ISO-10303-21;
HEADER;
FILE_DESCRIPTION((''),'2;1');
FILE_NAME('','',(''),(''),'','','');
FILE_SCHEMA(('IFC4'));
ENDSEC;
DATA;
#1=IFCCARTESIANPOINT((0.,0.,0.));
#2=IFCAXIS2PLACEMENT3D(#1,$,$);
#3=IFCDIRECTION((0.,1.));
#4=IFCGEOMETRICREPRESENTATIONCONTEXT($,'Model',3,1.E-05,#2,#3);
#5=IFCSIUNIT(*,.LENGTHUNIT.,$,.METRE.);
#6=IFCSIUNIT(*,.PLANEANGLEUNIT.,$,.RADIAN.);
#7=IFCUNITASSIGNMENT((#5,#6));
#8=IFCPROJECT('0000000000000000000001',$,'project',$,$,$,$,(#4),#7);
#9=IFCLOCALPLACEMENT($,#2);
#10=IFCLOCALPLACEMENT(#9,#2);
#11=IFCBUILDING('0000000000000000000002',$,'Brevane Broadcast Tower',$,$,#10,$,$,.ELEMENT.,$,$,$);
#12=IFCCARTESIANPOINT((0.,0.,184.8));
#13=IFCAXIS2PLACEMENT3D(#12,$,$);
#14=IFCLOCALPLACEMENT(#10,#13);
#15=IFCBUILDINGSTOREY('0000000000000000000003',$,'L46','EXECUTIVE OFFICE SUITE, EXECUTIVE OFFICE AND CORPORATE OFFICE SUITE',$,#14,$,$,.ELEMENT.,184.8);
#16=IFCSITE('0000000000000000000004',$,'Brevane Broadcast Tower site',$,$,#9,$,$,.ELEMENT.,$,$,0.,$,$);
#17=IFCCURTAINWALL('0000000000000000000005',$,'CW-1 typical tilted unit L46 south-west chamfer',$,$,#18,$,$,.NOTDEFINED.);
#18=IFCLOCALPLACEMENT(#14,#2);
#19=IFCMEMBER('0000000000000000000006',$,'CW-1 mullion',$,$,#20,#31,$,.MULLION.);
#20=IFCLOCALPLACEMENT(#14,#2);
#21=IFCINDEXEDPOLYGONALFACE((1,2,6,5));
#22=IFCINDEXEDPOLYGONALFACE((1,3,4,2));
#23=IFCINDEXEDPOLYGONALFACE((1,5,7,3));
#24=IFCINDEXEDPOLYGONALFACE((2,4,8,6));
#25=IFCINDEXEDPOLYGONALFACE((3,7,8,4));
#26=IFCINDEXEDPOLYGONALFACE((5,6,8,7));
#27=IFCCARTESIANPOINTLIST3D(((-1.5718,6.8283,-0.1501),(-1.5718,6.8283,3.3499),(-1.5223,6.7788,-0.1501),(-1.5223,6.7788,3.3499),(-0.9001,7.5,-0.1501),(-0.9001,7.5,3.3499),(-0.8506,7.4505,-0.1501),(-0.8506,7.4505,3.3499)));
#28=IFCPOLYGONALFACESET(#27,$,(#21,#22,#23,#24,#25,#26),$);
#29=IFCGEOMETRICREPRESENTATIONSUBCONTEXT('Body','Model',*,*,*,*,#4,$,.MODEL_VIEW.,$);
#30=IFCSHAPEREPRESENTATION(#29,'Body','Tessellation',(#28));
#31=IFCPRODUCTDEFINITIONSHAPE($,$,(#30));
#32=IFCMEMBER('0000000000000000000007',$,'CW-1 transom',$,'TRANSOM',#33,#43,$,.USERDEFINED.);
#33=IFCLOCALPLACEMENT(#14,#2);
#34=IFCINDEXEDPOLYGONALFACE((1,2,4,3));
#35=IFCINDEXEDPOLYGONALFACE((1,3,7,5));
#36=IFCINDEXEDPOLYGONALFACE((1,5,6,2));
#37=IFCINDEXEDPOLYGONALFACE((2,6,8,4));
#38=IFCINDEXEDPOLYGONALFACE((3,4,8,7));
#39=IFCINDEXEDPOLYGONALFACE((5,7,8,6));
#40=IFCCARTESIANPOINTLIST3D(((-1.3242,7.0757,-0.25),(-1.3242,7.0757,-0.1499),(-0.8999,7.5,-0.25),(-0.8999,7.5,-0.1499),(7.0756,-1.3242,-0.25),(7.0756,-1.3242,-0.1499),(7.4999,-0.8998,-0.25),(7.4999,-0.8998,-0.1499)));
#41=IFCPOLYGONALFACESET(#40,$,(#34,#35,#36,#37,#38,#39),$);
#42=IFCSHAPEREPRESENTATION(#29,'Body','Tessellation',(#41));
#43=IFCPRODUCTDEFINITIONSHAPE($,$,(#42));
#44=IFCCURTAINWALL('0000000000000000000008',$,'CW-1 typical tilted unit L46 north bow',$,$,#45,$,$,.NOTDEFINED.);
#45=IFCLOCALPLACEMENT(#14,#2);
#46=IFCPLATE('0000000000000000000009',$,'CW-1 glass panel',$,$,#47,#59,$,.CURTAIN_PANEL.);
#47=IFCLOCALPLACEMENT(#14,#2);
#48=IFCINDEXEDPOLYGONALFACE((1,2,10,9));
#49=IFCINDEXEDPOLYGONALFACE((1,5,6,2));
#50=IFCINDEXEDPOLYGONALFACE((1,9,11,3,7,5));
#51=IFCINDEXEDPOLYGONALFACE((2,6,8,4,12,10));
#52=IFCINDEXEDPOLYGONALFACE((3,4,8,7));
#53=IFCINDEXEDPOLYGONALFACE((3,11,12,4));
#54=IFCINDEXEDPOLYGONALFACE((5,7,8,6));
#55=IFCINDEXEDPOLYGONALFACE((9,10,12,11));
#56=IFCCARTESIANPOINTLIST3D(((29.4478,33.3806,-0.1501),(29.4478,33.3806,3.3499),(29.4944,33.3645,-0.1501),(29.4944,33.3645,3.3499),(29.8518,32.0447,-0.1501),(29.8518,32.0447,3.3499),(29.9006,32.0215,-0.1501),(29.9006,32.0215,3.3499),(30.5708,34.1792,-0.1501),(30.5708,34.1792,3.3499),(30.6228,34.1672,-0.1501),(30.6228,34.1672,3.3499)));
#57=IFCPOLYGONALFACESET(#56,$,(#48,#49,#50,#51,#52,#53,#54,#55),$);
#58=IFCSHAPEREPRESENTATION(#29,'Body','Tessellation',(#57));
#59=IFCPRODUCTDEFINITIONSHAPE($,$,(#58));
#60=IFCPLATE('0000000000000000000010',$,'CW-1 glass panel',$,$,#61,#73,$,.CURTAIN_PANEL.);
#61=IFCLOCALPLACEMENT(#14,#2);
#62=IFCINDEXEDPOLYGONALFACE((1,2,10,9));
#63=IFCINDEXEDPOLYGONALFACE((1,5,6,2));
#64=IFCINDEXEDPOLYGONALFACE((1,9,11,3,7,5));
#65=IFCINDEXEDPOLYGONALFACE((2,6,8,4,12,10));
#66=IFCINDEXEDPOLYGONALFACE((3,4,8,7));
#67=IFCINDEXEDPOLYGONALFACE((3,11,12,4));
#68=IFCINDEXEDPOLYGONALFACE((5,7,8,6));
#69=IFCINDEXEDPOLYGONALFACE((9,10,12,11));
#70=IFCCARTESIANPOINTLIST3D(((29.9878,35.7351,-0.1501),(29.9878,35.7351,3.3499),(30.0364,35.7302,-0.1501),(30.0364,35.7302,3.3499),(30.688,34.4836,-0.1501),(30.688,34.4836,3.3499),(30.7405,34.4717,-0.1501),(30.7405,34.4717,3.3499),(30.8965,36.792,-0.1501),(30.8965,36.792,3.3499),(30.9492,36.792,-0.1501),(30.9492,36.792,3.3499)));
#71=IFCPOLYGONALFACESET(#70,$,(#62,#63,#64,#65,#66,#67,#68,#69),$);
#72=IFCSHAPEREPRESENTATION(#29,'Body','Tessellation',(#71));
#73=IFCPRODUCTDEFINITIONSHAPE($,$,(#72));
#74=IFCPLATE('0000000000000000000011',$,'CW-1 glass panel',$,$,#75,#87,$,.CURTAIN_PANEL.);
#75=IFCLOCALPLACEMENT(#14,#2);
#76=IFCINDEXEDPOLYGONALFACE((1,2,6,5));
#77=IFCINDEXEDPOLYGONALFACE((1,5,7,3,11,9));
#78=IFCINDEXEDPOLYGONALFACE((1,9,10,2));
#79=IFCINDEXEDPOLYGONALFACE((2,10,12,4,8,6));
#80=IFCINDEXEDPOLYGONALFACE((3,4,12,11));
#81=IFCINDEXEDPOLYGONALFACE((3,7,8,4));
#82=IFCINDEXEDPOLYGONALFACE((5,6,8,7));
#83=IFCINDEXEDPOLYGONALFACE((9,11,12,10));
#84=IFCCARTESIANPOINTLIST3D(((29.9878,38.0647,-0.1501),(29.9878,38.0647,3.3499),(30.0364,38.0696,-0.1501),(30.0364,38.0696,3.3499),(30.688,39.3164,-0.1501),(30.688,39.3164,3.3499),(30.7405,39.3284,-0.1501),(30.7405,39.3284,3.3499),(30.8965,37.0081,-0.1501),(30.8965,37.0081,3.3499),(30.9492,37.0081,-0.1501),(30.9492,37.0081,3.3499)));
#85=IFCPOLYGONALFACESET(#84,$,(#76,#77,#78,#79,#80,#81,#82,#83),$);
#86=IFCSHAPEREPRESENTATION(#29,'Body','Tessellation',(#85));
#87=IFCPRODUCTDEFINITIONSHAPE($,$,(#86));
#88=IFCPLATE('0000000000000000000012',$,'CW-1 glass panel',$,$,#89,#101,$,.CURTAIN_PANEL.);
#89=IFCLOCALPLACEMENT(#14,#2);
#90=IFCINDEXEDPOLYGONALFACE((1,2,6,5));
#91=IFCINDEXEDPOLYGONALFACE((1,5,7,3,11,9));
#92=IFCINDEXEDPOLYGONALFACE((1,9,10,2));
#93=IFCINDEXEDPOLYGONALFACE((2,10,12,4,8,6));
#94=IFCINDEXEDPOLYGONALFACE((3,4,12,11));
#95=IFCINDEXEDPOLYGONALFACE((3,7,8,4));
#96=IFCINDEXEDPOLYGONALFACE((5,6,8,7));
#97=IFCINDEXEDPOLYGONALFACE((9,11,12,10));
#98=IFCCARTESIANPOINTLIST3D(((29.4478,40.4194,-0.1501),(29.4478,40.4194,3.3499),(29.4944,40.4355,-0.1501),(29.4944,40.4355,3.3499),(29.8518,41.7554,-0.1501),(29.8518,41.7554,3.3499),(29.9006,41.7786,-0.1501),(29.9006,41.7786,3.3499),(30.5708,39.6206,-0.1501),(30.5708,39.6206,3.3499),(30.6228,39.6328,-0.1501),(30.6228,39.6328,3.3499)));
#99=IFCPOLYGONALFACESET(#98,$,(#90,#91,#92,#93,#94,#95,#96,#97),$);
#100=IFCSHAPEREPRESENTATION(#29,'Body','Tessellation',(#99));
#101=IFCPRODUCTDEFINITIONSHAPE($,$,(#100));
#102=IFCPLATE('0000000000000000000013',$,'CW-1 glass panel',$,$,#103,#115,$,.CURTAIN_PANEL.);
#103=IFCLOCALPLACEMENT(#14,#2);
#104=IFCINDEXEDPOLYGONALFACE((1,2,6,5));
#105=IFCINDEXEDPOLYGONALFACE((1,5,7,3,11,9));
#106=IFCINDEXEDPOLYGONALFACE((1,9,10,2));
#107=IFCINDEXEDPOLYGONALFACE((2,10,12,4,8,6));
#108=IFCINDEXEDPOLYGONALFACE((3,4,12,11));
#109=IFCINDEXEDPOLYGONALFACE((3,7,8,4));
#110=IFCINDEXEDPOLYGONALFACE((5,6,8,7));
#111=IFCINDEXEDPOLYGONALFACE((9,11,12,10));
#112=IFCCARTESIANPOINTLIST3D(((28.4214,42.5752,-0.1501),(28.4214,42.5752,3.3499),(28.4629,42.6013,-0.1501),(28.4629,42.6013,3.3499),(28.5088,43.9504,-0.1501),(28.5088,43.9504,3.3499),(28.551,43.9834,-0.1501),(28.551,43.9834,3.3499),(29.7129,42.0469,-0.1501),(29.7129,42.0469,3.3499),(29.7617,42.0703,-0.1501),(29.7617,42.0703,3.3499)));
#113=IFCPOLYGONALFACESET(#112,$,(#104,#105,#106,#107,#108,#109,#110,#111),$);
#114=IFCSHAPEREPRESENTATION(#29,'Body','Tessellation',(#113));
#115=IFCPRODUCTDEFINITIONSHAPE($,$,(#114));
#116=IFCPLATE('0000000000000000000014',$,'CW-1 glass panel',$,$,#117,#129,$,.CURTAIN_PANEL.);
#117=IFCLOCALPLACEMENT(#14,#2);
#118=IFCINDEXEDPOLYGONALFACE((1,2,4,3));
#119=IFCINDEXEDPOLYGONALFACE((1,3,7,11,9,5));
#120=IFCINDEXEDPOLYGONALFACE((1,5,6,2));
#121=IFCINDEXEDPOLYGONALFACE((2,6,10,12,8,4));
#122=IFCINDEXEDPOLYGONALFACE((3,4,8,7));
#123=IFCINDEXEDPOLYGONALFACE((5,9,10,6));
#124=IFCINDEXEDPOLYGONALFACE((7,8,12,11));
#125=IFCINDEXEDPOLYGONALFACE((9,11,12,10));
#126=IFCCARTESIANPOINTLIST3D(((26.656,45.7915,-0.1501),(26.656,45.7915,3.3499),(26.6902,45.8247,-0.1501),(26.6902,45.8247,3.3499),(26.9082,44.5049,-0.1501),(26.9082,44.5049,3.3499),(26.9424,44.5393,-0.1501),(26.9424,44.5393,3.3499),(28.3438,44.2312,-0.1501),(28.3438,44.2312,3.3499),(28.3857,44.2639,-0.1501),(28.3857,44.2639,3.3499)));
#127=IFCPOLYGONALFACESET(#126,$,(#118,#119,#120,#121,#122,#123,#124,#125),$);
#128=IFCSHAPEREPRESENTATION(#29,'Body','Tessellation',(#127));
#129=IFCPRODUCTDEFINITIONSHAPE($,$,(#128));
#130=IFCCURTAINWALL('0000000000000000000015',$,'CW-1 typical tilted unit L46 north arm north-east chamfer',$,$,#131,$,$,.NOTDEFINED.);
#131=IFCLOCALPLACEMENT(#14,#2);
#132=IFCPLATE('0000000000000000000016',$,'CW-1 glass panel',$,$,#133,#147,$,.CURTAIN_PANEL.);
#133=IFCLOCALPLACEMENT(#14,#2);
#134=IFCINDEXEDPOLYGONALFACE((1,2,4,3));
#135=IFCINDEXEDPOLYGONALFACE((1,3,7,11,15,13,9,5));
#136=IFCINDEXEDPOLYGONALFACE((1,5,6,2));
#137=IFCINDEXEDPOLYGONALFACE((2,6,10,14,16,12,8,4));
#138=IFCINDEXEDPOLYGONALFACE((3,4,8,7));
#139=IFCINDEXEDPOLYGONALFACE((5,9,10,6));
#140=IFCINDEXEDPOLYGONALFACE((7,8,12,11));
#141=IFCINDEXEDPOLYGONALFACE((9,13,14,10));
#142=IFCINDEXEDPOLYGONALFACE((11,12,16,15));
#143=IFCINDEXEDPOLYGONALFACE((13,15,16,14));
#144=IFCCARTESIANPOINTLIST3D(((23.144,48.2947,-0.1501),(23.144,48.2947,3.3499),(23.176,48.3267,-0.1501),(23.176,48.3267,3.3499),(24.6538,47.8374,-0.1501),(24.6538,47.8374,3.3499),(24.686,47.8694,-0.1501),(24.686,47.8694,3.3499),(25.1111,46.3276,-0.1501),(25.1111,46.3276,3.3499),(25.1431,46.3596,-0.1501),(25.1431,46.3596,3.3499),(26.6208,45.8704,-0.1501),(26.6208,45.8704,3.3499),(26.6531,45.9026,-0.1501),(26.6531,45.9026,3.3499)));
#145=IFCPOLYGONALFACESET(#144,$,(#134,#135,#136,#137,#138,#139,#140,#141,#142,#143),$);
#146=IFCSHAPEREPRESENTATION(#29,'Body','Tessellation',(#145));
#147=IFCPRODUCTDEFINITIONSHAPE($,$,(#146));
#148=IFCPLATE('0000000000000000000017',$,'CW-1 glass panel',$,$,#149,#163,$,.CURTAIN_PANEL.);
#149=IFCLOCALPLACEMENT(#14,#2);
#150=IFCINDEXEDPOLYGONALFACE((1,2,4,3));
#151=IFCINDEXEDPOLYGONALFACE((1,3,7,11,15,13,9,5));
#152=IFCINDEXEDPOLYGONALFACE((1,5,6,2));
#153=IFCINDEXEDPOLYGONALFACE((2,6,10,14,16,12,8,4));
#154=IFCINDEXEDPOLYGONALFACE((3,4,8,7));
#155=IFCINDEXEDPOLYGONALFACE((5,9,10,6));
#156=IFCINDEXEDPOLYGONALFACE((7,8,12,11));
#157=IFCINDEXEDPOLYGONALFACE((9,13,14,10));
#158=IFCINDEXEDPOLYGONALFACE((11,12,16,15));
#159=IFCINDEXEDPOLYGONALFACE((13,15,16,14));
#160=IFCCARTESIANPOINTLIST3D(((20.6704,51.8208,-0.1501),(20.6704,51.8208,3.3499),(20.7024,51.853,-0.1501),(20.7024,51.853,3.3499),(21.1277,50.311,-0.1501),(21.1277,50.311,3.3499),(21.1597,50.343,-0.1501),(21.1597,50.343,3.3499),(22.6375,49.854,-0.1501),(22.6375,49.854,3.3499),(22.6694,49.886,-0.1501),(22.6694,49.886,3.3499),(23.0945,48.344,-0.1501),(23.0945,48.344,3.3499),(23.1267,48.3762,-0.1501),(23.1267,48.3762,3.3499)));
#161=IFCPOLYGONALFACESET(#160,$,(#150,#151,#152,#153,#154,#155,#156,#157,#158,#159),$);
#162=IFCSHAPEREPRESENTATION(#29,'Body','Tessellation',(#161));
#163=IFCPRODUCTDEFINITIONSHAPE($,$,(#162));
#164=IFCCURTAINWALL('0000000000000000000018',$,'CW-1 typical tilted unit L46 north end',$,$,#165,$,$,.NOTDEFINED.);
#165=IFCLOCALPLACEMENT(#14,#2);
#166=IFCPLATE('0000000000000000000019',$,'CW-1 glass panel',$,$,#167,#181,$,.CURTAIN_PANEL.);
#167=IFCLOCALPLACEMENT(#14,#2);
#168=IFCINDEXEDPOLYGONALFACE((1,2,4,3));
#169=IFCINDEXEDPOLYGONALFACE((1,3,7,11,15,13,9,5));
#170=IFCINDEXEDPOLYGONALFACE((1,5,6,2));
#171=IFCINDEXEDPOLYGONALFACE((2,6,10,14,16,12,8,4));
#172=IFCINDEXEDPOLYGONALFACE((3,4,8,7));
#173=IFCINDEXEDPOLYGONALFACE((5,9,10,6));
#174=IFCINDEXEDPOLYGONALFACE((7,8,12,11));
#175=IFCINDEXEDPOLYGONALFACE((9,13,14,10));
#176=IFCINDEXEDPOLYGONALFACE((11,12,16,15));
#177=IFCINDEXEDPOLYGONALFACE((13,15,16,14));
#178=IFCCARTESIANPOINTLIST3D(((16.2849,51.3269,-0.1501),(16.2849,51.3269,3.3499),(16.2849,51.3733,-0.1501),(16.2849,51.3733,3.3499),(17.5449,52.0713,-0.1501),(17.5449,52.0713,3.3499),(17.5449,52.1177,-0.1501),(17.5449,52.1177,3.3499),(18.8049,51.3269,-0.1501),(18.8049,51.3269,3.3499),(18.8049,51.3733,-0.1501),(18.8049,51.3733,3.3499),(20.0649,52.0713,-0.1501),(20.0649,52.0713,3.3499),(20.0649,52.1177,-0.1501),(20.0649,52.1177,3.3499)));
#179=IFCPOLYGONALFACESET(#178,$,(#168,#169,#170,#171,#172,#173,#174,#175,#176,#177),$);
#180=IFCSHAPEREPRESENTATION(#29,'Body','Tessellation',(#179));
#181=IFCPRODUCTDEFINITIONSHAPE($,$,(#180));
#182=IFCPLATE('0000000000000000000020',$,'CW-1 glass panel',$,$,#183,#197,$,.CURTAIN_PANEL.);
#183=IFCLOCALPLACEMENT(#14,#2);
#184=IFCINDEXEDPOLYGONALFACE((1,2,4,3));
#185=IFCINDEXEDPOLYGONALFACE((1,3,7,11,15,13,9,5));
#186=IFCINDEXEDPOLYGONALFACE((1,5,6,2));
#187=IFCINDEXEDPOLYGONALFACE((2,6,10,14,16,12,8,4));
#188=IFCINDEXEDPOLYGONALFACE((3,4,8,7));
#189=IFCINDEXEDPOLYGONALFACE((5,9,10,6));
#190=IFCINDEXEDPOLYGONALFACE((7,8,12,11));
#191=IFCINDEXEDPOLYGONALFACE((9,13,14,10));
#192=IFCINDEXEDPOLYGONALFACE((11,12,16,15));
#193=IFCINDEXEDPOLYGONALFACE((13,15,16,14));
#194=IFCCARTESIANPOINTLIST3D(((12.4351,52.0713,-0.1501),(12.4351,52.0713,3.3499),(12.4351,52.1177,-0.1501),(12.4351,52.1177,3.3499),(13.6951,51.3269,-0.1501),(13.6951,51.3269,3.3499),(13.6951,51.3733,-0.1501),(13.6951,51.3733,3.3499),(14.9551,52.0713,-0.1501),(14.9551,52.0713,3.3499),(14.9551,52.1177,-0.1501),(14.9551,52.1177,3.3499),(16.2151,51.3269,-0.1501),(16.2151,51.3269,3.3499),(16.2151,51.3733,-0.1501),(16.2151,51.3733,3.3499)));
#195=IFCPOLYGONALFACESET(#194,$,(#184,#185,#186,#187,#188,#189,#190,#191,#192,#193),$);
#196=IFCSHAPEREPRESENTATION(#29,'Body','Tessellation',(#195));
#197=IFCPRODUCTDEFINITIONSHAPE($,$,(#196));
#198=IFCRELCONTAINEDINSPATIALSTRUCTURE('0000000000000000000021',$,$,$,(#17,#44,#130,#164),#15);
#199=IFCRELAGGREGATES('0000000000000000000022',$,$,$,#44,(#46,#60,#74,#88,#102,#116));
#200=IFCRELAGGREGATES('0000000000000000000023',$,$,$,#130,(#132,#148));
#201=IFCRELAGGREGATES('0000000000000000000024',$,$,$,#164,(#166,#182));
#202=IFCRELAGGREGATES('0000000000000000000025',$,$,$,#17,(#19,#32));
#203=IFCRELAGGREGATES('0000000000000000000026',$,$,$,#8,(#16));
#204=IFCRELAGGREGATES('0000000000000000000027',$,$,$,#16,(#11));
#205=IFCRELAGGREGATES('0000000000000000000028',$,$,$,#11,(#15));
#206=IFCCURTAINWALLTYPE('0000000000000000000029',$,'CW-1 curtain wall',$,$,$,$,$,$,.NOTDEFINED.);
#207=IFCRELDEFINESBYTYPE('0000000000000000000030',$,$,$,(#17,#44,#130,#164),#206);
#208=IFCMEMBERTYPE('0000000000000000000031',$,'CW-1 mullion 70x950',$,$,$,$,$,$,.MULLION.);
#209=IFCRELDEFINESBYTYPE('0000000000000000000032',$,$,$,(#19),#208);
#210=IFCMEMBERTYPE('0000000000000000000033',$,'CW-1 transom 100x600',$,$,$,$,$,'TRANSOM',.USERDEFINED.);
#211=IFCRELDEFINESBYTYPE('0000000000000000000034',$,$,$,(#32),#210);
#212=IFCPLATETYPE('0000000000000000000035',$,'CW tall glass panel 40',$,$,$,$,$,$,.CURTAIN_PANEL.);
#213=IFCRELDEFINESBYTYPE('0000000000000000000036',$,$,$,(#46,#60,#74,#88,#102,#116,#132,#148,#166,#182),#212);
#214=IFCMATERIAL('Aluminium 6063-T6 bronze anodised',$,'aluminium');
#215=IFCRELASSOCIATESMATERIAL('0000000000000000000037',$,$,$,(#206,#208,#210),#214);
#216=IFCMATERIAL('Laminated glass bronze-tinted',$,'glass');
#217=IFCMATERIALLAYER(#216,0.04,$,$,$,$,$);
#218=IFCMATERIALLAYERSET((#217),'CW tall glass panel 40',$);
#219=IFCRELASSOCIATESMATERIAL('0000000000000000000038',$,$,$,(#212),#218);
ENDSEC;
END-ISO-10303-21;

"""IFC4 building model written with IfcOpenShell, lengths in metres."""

from ifc_helpers import new_model, si_unit, direction, frame, origin, origin_2d, place, context, subcontext, project, spatial, polyline, rectangle, outline, extrude, material, layer, layer_set, material_profile, profile_set, type_object, element, aggregate, save


model = new_model("IFC4")

# Units and contexts
model_context = context("Model", 3, precision=1e-05, world=origin(), true_north=direction((0.0, 1.0)))
body_context = subcontext(model_context, "Body", "Model", "MODEL_VIEW")
ifc_project = project(units=[si_unit("LENGTHUNIT", "METRE"), si_unit("PLANEANGLEUNIT", "RADIAN")], contexts=[model_context])

# Site, building, storey
site_placement = place(None, origin())
site = spatial("IfcSite", under=ifc_project, at=site_placement, Name="Brevane Broadcast Tower site", CompositionType="ELEMENT", RefElevation=0.0)
building_placement = place(site_placement, origin())
building = spatial("IfcBuilding", under=site, at=building_placement, Name="Brevane Broadcast Tower", CompositionType="ELEMENT")
storey_placement = place(building_placement, frame((0.0, 0.0, 184.8)))
storey = spatial("IfcBuildingStorey", under=building, at=storey_placement, Name="L46", Description="EXECUTIVE OFFICE SUITE, EXECUTIVE OFFICE AND CORPORATE OFFICE SUITE", CompositionType="ELEMENT", Elevation=184.8)

# Curtain wall, members
ifc_material_1 = material(Name="Aluminium 6063-T6 bronze anodised", Category="aluminium")
curtain_wall_type = type_object("IfcCurtainWallType", Name="CW-1 curtain wall", PredefinedType="NOTDEFINED", material=ifc_material_1)
curtain_wall_1_placement = place(storey_placement, origin())
curtain_wall_1 = element("IfcCurtainWall", 1, at=curtain_wall_1_placement, inside=storey, type_object=curtain_wall_type, Name="CW-1 typical tilted unit L46 south-west chamfer", PredefinedType="NOTDEFINED")
ifc_material_profile_1 = material_profile(ifc_material_1, rectangle(XDim=0.95, YDim=0.0701, at=origin_2d()), Name="RECT 70x950")
ifc_profile_set_1 = profile_set([ifc_material_profile_1], Name="Aluminium 6063-T6 bronze anodised")
member_type_1 = type_object("IfcMemberType", Name="CW-1 mullion 70x950", PredefinedType="MULLION", material=ifc_profile_set_1)
member_1_placement = place(storey_placement, frame((-1.2112, 7.1394, -0.1501), z_axis=(0.0, 0.0, 1.0), x_axis=(0.707107, 0.707107, 0.0)))
member_1 = element("IfcMember", 2, at=member_1_placement, type_object=member_type_1, Name="CW-1 mullion", PredefinedType="MULLION", context=body_context, shape_type="SweptSolid", body=[
    extrude(rectangle(XDim=0.95, YDim=0.0701, at=origin_2d()), origin(), (0.0, 0.0, 1.0), 3.5),
])
ifc_material_profile_2 = material_profile(ifc_material_1, rectangle(XDim=0.6001, YDim=0.1001, at=origin_2d()), Name="RECT 100x600")
ifc_profile_set_2 = profile_set([ifc_material_profile_2], Name="Aluminium 6063-T6 bronze anodised")
member_type_2 = type_object("IfcMemberType", Name="CW-1 transom 100x600", ElementType="TRANSOM", PredefinedType="USERDEFINED", material=ifc_profile_set_2)
member_2_placement = place(storey_placement, frame((-1.1121, 7.2878, -0.2), z_axis=(0.707107, -0.707107, 0.0), x_axis=(0.707107, 0.707107, 0.0)))
member_2 = element("IfcMember", 3, at=member_2_placement, type_object=member_type_2, Name="CW-1 transom", ObjectType="TRANSOM", PredefinedType="USERDEFINED", context=body_context, shape_type="SweptSolid", body=[
    extrude(rectangle(XDim=0.6001, YDim=0.1001, at=origin_2d()), origin(), (0.0, 0.0, 1.0), 11.8792),
])

# Curtain walls, plates
curtain_wall_2_placement = place(storey_placement, origin())
curtain_wall_2 = element("IfcCurtainWall", 4, at=curtain_wall_2_placement, inside=storey, type_object=curtain_wall_type, Name="CW-1 typical tilted unit L46 north bow", PredefinedType="NOTDEFINED")
ifc_material_2 = material(Name="Laminated glass bronze-tinted", Category="glass")
ifc_layer = layer(ifc_material_2, 0.04)
ifc_layer_set = layer_set([ifc_layer], Name="CW tall glass panel 40")
plate_type = type_object("IfcPlateType", Name="CW tall glass panel 40", PredefinedType="CURTAIN_PANEL", material=ifc_layer_set)
plate_1_placement = place(storey_placement, frame((0.0, 0.0, -0.1501)))
plate_1 = element("IfcPlate", 5, at=plate_1_placement, type_object=plate_type, Name="CW-1 glass panel", PredefinedType="CURTAIN_PANEL", context=body_context, shape_type="SweptSolid", body=[
    extrude(outline(polyline([(29.8518, 32.0447), (29.9006, 32.0215), (29.4944, 33.3645), (30.6228, 34.1672), (30.5708, 34.1792), (29.4478, 33.3806), (29.8518, 32.0447)])), origin(), (0.0, 0.0, 1.0), 3.5),
])
plate_2_placement = place(storey_placement, frame((0.0, 0.0, -0.1501)))
plate_2 = element("IfcPlate", 6, at=plate_2_placement, type_object=plate_type, Name="CW-1 glass panel", PredefinedType="CURTAIN_PANEL", context=body_context, shape_type="SweptSolid", body=[
    extrude(outline(polyline([(30.688, 34.4836), (30.7405, 34.4717), (30.0364, 35.7302), (30.9492, 36.792), (30.8965, 36.792), (29.9878, 35.7351), (30.688, 34.4836)])), origin(), (0.0, 0.0, 1.0), 3.5),
])
plate_3_placement = place(storey_placement, frame((0.0, 0.0, -0.1501)))
plate_3 = element("IfcPlate", 7, at=plate_3_placement, type_object=plate_type, Name="CW-1 glass panel", PredefinedType="CURTAIN_PANEL", context=body_context, shape_type="SweptSolid", body=[
    extrude(outline(polyline([(30.8965, 37.0081), (30.9492, 37.0081), (30.0364, 38.0696), (30.7405, 39.3284), (30.688, 39.3164), (29.9878, 38.0647), (30.8965, 37.0081)])), origin(), (0.0, 0.0, 1.0), 3.5),
])
plate_4_placement = place(storey_placement, frame((0.0, 0.0, -0.1501)))
plate_4 = element("IfcPlate", 8, at=plate_4_placement, type_object=plate_type, Name="CW-1 glass panel", PredefinedType="CURTAIN_PANEL", context=body_context, shape_type="SweptSolid", body=[
    extrude(outline(polyline([(30.5708, 39.6206), (30.6228, 39.6328), (29.4944, 40.4355), (29.9006, 41.7786), (29.8518, 41.7554), (29.4478, 40.4194), (30.5708, 39.6206)])), origin(), (0.0, 0.0, 1.0), 3.5),
])
plate_5_placement = place(storey_placement, frame((0.0, 0.0, -0.1501)))
plate_5 = element("IfcPlate", 9, at=plate_5_placement, type_object=plate_type, Name="CW-1 glass panel", PredefinedType="CURTAIN_PANEL", context=body_context, shape_type="SweptSolid", body=[
    extrude(outline(polyline([(29.7129, 42.0469), (29.7617, 42.0703), (28.4629, 42.6013), (28.551, 43.9834), (28.5088, 43.9504), (28.4214, 42.5752), (29.7129, 42.0469)])), origin(), (0.0, 0.0, 1.0), 3.5),
])
plate_6_placement = place(storey_placement, frame((0.0, 0.0, -0.1501)))
plate_6 = element("IfcPlate", 10, at=plate_6_placement, type_object=plate_type, Name="CW-1 glass panel", PredefinedType="CURTAIN_PANEL", context=body_context, shape_type="SweptSolid", body=[
    extrude(outline(polyline([(28.3438, 44.2312), (28.3857, 44.2639), (26.9424, 44.5393), (26.6902, 45.8247), (26.656, 45.7915), (26.9082, 44.5049), (28.3438, 44.2312)])), origin(), (0.0, 0.0, 1.0), 3.5),
])
aggregate(curtain_wall_2, [plate_1, plate_2, plate_3, plate_4, plate_5, plate_6])
curtain_wall_3_placement = place(storey_placement, origin())
curtain_wall_3 = element("IfcCurtainWall", 11, at=curtain_wall_3_placement, inside=storey, type_object=curtain_wall_type, Name="CW-1 typical tilted unit L46 north arm north-east chamfer", PredefinedType="NOTDEFINED")
plate_7_placement = place(storey_placement, frame((0.0, 0.0, -0.1501)))
plate_7 = element("IfcPlate", 12, at=plate_7_placement, type_object=plate_type, Name="CW-1 glass panel", PredefinedType="CURTAIN_PANEL", context=body_context, shape_type="SweptSolid", body=[
    extrude(outline(polyline([(26.6208, 45.8704), (26.6531, 45.9026), (25.1431, 46.3596), (24.686, 47.8694), (23.176, 48.3267), (23.144, 48.2947), (24.6538, 47.8374), (25.1111, 46.3276), (26.6208, 45.8704)])), origin(), (0.0, 0.0, 1.0), 3.5),
])
plate_8_placement = place(storey_placement, frame((0.0, 0.0, -0.1501)))
plate_8 = element("IfcPlate", 13, at=plate_8_placement, type_object=plate_type, Name="CW-1 glass panel", PredefinedType="CURTAIN_PANEL", context=body_context, shape_type="SweptSolid", body=[
    extrude(outline(polyline([(23.0945, 48.344), (23.1267, 48.3762), (22.6694, 49.886), (21.1597, 50.343), (20.7024, 51.853), (20.6704, 51.8208), (21.1277, 50.311), (22.6375, 49.854), (23.0945, 48.344)])), origin(), (0.0, 0.0, 1.0), 3.5),
])
aggregate(curtain_wall_3, [plate_7, plate_8])
curtain_wall_4_placement = place(storey_placement, origin())
curtain_wall_4 = element("IfcCurtainWall", 14, at=curtain_wall_4_placement, inside=storey, type_object=curtain_wall_type, Name="CW-1 typical tilted unit L46 north end", PredefinedType="NOTDEFINED")
plate_9_placement = place(storey_placement, frame((0.0, 0.0, -0.1501)))
plate_9 = element("IfcPlate", 15, at=plate_9_placement, type_object=plate_type, Name="CW-1 glass panel", PredefinedType="CURTAIN_PANEL", context=body_context, shape_type="SweptSolid", body=[
    extrude(outline(polyline([(20.0649, 52.0713), (20.0649, 52.1177), (18.8049, 51.3733), (17.5449, 52.1177), (16.2849, 51.3733), (16.2849, 51.3269), (17.5449, 52.0713), (18.8049, 51.3269), (20.0649, 52.0713)])), origin(), (0.0, 0.0, 1.0), 3.5),
])
plate_10_placement = place(storey_placement, frame((0.0, 0.0, -0.1501)))
plate_10 = element("IfcPlate", 16, at=plate_10_placement, type_object=plate_type, Name="CW-1 glass panel", PredefinedType="CURTAIN_PANEL", context=body_context, shape_type="SweptSolid", body=[
    extrude(outline(polyline([(16.2151, 51.3269), (16.2151, 51.3733), (14.9551, 52.1177), (13.6951, 51.3733), (12.4351, 52.1177), (12.4351, 52.0713), (13.6951, 51.3269), (14.9551, 52.0713), (16.2151, 51.3269)])), origin(), (0.0, 0.0, 1.0), 3.5),
])
aggregate(curtain_wall_4, [plate_9, plate_10])

aggregate(curtain_wall_1, [member_1, member_2])

save(model, "model.ifc")
